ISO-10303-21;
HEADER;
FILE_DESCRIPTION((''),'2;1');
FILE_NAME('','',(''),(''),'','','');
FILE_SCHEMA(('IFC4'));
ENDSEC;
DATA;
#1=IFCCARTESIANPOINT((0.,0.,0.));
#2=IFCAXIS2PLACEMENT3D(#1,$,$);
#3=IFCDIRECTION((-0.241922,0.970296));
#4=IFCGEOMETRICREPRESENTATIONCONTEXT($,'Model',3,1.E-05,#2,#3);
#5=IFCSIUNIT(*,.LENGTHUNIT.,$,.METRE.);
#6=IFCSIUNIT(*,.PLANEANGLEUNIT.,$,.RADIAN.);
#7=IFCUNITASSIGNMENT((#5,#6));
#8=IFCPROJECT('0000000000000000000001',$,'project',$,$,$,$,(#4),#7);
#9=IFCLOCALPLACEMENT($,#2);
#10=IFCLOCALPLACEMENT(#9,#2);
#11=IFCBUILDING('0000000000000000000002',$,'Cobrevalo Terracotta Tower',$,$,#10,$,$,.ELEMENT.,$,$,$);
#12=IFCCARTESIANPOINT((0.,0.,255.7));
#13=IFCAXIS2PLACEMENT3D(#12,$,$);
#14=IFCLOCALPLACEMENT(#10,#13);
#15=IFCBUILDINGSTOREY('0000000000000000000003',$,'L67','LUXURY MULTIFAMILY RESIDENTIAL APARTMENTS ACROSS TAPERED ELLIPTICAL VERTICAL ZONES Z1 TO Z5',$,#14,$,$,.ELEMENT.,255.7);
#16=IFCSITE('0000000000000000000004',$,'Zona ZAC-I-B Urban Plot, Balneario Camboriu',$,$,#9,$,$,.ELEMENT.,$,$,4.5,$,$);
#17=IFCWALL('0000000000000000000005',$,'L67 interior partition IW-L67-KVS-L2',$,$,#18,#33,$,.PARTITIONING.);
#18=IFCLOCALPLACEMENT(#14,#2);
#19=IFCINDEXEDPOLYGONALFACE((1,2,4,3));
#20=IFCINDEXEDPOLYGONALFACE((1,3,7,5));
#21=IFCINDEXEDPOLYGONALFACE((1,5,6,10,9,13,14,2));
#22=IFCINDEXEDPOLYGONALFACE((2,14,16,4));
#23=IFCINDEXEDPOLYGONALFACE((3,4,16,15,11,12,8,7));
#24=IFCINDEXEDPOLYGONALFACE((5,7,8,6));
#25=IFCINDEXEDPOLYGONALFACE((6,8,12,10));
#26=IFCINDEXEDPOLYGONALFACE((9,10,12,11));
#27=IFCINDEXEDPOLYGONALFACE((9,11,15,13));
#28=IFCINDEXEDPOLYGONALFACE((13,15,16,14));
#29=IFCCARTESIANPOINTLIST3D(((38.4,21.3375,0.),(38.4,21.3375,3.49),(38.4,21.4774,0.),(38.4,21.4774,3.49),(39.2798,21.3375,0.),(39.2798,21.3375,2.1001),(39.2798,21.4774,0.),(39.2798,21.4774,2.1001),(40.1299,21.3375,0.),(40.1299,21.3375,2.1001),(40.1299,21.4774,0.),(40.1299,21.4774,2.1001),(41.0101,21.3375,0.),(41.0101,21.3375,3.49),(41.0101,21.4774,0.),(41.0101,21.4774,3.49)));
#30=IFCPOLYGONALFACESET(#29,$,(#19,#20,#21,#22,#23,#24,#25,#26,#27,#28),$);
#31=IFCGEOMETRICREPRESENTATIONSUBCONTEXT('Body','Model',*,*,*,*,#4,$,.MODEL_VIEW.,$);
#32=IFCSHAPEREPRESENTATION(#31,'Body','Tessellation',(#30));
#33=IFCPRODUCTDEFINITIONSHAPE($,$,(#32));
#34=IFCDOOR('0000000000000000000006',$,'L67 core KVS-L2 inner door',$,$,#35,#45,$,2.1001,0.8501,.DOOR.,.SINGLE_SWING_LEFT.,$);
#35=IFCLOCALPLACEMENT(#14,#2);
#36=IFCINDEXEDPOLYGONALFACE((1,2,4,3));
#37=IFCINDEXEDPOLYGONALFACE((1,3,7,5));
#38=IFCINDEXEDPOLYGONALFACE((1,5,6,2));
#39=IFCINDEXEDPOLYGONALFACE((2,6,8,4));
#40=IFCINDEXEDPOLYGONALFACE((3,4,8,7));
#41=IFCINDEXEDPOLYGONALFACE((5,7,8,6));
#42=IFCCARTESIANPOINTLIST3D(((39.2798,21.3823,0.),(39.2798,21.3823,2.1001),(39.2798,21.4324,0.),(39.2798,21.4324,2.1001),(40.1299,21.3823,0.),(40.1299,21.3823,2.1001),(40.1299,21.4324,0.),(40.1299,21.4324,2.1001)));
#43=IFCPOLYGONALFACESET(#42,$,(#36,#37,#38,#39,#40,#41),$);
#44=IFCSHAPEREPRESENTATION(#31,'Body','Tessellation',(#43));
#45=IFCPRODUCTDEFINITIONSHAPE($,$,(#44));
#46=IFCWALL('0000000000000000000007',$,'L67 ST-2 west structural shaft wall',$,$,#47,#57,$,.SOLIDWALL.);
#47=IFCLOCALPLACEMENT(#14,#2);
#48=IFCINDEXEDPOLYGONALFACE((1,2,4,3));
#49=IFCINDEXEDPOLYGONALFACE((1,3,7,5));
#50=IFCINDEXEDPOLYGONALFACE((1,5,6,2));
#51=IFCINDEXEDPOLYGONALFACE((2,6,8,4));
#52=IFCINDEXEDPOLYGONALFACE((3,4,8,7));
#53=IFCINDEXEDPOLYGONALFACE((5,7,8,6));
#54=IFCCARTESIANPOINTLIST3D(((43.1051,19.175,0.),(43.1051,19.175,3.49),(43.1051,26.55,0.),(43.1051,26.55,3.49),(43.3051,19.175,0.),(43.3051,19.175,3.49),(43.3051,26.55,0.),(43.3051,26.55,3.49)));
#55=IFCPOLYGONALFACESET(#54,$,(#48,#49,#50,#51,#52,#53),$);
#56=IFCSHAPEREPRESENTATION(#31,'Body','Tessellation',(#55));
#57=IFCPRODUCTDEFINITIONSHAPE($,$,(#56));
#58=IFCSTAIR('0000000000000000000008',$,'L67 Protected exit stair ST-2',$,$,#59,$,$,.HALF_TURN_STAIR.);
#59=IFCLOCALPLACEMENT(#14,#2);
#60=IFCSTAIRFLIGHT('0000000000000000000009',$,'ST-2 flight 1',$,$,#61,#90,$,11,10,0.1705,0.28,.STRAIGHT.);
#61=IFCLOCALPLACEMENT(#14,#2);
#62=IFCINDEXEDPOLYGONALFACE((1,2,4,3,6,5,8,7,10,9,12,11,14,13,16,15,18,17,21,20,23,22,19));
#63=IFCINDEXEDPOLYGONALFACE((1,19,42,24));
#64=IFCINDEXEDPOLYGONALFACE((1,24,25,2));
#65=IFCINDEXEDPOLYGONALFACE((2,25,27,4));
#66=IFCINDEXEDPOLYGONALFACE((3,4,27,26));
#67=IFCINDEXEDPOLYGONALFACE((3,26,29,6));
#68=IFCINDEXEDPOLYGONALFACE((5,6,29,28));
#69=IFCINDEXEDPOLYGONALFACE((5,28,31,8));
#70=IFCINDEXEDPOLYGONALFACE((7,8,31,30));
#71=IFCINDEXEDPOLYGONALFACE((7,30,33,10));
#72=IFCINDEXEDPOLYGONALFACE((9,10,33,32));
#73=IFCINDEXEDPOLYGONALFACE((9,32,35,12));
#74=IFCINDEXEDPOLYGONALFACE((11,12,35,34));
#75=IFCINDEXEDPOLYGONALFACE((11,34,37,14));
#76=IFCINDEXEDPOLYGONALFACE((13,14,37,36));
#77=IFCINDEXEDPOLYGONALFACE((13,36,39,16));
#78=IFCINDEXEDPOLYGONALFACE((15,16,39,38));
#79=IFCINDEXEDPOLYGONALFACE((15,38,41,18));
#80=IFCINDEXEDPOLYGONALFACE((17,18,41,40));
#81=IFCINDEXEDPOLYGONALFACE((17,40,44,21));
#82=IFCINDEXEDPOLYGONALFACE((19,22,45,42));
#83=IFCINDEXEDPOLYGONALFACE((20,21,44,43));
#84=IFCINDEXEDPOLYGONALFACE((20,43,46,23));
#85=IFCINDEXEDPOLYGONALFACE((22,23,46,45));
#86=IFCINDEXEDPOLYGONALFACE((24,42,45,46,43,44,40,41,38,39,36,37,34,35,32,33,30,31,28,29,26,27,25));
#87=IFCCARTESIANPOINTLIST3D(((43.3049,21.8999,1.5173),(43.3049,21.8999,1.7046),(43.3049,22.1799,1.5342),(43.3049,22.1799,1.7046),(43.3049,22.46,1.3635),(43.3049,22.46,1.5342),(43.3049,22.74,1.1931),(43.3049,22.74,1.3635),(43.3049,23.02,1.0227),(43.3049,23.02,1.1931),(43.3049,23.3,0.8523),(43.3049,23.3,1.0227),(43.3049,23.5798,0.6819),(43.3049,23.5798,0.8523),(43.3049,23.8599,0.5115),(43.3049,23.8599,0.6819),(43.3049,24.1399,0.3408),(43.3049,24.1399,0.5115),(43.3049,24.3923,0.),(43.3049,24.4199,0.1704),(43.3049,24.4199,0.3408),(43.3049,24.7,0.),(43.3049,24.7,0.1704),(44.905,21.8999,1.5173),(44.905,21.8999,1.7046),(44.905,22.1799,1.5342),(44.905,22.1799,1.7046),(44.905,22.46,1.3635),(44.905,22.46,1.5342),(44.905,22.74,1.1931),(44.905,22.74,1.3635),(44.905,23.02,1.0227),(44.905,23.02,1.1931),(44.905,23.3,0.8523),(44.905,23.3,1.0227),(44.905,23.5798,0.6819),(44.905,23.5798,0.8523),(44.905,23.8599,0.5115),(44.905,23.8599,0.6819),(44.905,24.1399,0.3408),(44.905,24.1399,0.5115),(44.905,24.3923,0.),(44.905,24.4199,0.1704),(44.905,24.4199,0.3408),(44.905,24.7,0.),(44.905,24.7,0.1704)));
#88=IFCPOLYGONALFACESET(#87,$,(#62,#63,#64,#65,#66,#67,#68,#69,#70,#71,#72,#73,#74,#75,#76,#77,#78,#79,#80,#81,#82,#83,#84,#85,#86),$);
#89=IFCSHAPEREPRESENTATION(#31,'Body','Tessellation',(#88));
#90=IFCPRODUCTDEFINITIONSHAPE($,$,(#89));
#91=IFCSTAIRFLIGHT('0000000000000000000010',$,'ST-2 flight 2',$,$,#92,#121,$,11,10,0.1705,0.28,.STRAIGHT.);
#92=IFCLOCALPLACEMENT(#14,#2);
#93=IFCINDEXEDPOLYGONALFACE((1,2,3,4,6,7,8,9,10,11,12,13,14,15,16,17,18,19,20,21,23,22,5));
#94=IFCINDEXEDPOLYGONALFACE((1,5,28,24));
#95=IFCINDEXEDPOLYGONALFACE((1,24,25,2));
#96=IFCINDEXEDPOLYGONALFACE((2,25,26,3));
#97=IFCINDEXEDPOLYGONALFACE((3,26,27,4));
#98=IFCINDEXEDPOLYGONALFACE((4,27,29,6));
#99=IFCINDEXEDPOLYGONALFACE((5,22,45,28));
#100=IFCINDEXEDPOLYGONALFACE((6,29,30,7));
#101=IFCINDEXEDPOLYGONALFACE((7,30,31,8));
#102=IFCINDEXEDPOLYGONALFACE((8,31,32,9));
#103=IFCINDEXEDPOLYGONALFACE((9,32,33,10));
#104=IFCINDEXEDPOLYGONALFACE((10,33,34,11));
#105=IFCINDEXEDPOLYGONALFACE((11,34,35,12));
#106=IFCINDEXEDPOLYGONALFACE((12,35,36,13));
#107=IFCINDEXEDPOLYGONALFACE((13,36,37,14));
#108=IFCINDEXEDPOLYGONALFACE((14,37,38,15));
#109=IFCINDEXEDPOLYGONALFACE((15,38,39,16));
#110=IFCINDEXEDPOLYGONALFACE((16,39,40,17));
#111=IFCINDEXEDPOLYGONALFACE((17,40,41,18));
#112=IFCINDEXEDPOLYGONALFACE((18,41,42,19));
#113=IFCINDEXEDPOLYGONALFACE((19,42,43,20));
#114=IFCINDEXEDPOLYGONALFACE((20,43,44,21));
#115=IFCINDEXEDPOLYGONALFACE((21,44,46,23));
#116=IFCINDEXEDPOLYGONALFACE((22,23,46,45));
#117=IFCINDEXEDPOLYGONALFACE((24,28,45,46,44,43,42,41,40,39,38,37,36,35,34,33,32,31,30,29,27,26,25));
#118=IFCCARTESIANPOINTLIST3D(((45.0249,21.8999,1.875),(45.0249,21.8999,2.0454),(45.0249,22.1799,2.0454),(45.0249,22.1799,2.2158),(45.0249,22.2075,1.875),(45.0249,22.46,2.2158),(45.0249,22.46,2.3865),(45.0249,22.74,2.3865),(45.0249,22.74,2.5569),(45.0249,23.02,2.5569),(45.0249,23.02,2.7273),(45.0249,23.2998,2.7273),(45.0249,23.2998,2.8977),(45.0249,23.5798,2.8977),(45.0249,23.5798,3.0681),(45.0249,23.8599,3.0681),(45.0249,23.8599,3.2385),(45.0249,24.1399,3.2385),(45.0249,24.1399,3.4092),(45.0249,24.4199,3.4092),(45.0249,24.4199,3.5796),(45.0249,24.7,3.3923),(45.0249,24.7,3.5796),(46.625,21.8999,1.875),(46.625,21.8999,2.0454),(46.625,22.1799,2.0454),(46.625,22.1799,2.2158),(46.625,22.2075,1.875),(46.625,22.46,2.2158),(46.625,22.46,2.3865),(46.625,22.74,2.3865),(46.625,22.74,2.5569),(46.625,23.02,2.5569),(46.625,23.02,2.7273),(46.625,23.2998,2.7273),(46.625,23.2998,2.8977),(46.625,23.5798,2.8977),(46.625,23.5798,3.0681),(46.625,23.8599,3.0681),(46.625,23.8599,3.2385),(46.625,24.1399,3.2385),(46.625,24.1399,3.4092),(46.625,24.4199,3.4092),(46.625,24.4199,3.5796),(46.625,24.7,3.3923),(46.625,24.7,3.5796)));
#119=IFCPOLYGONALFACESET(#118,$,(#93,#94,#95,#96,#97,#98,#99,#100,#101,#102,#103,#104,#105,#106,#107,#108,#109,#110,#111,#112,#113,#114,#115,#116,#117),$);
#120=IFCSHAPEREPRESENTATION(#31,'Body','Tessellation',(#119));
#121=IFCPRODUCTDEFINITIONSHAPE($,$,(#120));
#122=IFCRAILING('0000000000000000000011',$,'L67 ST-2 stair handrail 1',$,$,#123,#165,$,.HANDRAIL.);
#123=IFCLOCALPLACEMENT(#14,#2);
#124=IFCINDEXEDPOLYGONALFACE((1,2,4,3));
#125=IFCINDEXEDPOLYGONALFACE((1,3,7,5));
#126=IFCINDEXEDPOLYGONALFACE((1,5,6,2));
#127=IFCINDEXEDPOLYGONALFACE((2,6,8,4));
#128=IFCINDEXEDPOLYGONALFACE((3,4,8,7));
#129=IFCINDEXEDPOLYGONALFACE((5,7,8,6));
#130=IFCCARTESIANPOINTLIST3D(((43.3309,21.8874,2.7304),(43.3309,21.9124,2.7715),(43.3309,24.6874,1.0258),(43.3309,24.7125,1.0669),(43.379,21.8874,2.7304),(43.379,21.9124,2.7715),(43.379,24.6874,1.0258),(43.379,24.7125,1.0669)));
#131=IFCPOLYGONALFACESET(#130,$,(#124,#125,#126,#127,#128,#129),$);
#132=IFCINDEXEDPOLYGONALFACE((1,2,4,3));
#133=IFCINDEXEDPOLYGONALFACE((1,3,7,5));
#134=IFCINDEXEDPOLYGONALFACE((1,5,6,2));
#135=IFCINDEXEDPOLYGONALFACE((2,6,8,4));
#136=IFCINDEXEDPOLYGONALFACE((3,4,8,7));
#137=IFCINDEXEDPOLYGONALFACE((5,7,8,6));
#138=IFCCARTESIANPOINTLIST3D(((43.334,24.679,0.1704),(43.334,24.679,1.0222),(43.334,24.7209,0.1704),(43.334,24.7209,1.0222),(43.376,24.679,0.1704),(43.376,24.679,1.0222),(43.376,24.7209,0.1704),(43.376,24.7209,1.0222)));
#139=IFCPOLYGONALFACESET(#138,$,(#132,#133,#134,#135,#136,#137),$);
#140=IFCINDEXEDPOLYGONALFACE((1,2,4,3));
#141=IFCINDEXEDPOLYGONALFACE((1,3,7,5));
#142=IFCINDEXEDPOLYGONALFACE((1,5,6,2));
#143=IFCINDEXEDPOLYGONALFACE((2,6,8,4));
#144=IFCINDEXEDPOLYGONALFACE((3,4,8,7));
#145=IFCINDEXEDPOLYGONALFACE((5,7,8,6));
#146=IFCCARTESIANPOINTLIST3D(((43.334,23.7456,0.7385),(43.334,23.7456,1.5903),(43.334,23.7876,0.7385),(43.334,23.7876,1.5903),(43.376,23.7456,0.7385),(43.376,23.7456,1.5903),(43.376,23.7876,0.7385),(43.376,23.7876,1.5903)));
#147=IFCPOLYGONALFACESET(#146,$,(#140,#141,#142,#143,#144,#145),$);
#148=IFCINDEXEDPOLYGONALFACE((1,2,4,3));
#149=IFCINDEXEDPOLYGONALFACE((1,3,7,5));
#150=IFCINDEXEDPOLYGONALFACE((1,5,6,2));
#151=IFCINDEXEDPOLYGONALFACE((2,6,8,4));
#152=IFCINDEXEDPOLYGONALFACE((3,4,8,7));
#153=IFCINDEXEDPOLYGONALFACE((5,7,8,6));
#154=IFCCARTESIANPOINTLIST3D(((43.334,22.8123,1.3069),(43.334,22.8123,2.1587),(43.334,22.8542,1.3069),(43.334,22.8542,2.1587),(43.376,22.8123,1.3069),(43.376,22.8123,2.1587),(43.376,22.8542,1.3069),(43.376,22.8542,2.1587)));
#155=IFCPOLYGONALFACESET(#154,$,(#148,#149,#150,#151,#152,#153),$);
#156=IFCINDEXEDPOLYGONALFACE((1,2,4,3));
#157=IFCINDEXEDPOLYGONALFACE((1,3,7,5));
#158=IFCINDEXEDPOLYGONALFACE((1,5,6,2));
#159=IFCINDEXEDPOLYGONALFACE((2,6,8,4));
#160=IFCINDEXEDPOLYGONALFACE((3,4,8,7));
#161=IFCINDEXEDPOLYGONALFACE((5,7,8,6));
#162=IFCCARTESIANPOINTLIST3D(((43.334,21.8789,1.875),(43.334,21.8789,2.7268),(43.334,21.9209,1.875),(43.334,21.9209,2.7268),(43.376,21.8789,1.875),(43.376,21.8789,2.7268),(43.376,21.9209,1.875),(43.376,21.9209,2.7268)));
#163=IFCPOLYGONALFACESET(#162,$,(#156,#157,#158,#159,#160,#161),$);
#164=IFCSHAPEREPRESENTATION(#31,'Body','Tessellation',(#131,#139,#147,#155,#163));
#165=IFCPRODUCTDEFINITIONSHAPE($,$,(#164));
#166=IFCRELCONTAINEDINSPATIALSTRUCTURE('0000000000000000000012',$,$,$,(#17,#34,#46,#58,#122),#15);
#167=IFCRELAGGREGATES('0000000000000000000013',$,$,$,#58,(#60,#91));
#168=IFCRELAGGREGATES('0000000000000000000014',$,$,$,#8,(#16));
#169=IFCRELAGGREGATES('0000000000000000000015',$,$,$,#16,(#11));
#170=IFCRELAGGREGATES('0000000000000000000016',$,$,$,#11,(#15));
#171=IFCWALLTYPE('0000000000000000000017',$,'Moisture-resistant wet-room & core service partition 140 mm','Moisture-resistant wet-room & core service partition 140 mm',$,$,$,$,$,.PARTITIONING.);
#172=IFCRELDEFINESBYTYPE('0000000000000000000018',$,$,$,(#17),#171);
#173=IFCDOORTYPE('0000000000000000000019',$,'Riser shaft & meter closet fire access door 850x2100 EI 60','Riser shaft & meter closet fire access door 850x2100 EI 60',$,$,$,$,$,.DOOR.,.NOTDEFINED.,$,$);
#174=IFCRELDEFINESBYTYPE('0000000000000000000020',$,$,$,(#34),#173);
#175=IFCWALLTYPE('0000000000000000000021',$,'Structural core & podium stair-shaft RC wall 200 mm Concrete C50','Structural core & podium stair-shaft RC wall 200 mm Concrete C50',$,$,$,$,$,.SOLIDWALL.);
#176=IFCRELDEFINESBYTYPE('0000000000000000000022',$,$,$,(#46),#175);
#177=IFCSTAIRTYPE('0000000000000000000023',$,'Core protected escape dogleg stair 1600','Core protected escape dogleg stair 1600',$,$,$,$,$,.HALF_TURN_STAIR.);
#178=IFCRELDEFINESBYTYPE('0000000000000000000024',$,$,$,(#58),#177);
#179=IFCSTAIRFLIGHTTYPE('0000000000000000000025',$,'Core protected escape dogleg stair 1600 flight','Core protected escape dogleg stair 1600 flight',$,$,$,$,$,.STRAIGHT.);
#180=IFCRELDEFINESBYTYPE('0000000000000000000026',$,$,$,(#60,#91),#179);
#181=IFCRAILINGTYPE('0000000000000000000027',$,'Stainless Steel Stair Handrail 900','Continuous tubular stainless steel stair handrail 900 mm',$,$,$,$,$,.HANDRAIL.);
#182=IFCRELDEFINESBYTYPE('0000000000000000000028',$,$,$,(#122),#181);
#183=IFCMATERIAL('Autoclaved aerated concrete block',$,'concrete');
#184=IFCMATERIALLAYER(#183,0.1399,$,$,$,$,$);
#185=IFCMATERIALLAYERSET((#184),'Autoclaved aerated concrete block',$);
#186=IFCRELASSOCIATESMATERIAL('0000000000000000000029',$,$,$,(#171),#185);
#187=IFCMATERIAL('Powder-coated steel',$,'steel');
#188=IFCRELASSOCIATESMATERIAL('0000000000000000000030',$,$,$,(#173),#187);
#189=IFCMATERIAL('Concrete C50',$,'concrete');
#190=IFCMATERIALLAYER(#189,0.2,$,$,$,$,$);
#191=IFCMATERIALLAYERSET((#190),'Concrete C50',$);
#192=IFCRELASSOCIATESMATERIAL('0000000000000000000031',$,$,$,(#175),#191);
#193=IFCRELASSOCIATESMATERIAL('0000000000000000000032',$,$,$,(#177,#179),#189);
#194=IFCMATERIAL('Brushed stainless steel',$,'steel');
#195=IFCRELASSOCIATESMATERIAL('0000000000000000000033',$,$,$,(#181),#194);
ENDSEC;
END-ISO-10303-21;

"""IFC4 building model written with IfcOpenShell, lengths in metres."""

from ifc_helpers import new_model, si_unit, direction, frame, frame_2d, origin, origin_2d, place, context, subcontext, project, spatial, polyline, rectangle, outline, extrude, source, transform, mapped, material, layer, layer_set, type_object, element, fill, aggregate, save


model = new_model("IFC4")

# Units and contexts
model_context = context("Model", 3, precision=1e-05, world=origin(), true_north=direction((-0.241922, 0.970296)))
body_context = subcontext(model_context, "Body", "Model", "MODEL_VIEW")
ifc_project = project(units=[si_unit("LENGTHUNIT", "METRE"), si_unit("PLANEANGLEUNIT", "RADIAN")], contexts=[model_context])

# Site, building, storey
site_placement = place(None, origin())
site = spatial("IfcSite", under=ifc_project, at=site_placement, Name="Zona ZAC-I-B Urban Plot, Balneario Camboriu", CompositionType="ELEMENT", RefElevation=4.5)
building_placement = place(site_placement, origin())
building = spatial("IfcBuilding", under=site, at=building_placement, Name="Cobrevalo Terracotta Tower", CompositionType="ELEMENT")
storey_placement = place(building_placement, frame((0.0, 0.0, 255.7)))
storey = spatial("IfcBuildingStorey", under=building, at=storey_placement, Name="L67", Description="LUXURY MULTIFAMILY RESIDENTIAL APARTMENTS ACROSS TAPERED ELLIPTICAL VERTICAL ZONES Z1 TO Z5", CompositionType="ELEMENT", Elevation=255.7)

# Shared definitions
ifc_material_1 = material(Name="Concrete C50", Category="concrete")

# Shared definitions
ifc_material_2 = material(Name="Autoclaved aerated concrete block", Category="concrete")

# Shared definitions
ifc_layer_1 = layer(ifc_material_2, 0.1399)
ifc_layer_set_1 = layer_set([ifc_layer_1], Name="Autoclaved aerated concrete block")
wall_type_1 = type_object("IfcWallType", Name="Moisture-resistant wet-room & core service partition 140 mm", Description="Moisture-resistant wet-room & core service partition 140 mm", PredefinedType="PARTITIONING", material=ifc_layer_set_1)

# Wall, opening, door
wall_1_placement = place(storey_placement, frame((38.3999, 21.4075, 0.0), z_axis=(0.0, 0.0, 1.0), x_axis=(1.0, 0.0, 0.0)))
wall_1 = element("IfcWall", 1, at=wall_1_placement, inside=storey, type_object=wall_type_1, Name="L67 interior partition IW-L67-KVS-L2", PredefinedType="PARTITIONING", context=body_context, shape_type="SweptSolid", body=[
    extrude(rectangle(XDim=2.6101, YDim=0.1399, at=frame_2d((1.3052, 0.0))), origin(), (0.0, 0.0, 1.0), 3.49),
])
opening_1_placement = place(wall_1_placement, frame((0.8799, 0.0, 0.0)))
opening_1 = element("IfcOpeningElement", 2, at=opening_1_placement, cuts=wall_1, PredefinedType="OPENING", context=body_context, shape_type="SweptSolid", body=[
    extrude(rectangle(XDim=0.8501, YDim=2.1001, at=frame_2d((0.425, 1.05))), frame((0.0, 0.0801, 0.0), z_axis=(0.0, -1.0, 0.0), x_axis=(1.0, 0.0, 0.0)), (0.0, 0.0, 1.0), 0.1599),
])
ifc_material_3 = material(Name="Powder-coated steel", Category="steel")
door_type_1 = type_object("IfcDoorType", Name="Riser shaft & meter closet fire access door 850x2100 EI 60", Description="Riser shaft & meter closet fire access door 850x2100 EI 60", OperationType="NOTDEFINED", PredefinedType="DOOR", material=ifc_material_3)
shared_shape_1 = source(origin(), body_context, "Body", "SweptSolid", [
    extrude(rectangle(XDim=0.8501, YDim=2.1001, at=frame_2d((0.425, 1.05))), frame((0.0, 0.0249, 0.0), z_axis=(0.0, -1.0, 0.0), x_axis=(1.0, 0.0, 0.0)), (0.0, 0.0, 1.0), 0.05),
])
door_1_placement = place(opening_1_placement, origin())
door_1 = element("IfcDoor", 3, at=door_1_placement, inside=storey, type_object=door_type_1, Name="L67 core KVS-L2 inner door", OperationType="SINGLE_SWING_LEFT", OverallHeight=2.1001, OverallWidth=0.8501, PredefinedType="DOOR", context=body_context, shape_type="MappedRepresentation", body=[
    mapped(shared_shape_1, transform((0.0, 0.0, 0.0), scale=1.0)),
])
fill(opening_1, door_1)

# Wall
ifc_layer_2 = layer(ifc_material_1, 0.2)
ifc_layer_set_2 = layer_set([ifc_layer_2], Name="Concrete C50")
wall_type_2 = type_object("IfcWallType", Name="Structural core & podium stair-shaft RC wall 200 mm Concrete C50", Description="Structural core & podium stair-shaft RC wall 200 mm Concrete C50", PredefinedType="SOLIDWALL", material=ifc_layer_set_2)
wall_2_placement = place(storey_placement, frame((43.2051, 19.175, 0.0), z_axis=(0.0, 0.0, 1.0), x_axis=(0.0, 1.0, 0.0)))
element("IfcWall", 4, at=wall_2_placement, inside=storey, type_object=wall_type_2, Name="L67 ST-2 west structural shaft wall", PredefinedType="SOLIDWALL", context=body_context, shape_type="SweptSolid", body=[
    extrude(rectangle(XDim=7.375, YDim=0.2, at=frame_2d((3.6875, 0.0))), origin(), (0.0, 0.0, 1.0), 3.49),
])

# Stair, stair flights
stair_type = type_object("IfcStairType", Name="Core protected escape dogleg stair 1600", Description="Core protected escape dogleg stair 1600", PredefinedType="HALF_TURN_STAIR", material=ifc_material_1)
stair_placement = place(storey_placement, origin())
stair = element("IfcStair", 5, at=stair_placement, inside=storey, type_object=stair_type, Name="L67 Protected exit stair ST-2", PredefinedType="HALF_TURN_STAIR")
stair_flight_type = type_object("IfcStairFlightType", Name="Core protected escape dogleg stair 1600 flight", Description="Core protected escape dogleg stair 1600 flight", PredefinedType="STRAIGHT", material=ifc_material_1)
stair_flight_1_placement = place(storey_placement, frame((44.105, 24.7, 0.0), z_axis=(0.0, 0.0, 1.0), x_axis=(0.0, -1.0, 0.0)))
stair_flight_1 = element("IfcStairFlight", 6, at=stair_flight_1_placement, type_object=stair_flight_type, Name="ST-2 flight 1", NumberOfRisers=11, NumberOfTreads=10, PredefinedType="STRAIGHT", RiserHeight=0.1705, TreadLength=0.28, context=body_context, shape_type="SweptSolid", body=[
    extrude(outline(polyline([(0.0, 0.0), (0.0, 0.1704), (0.28, 0.1704), (0.28, 0.3408), (0.5601, 0.3408), (0.5601, 0.5115), (0.8401, 0.5115), (0.8401, 0.6819), (1.1201, 0.6819), (1.1201, 0.8523), (1.3999, 0.8523), (1.3999, 1.0227), (1.6799, 1.0227), (1.6799, 1.1931), (1.96, 1.1931), (1.96, 1.3635), (2.24, 1.3635), (2.24, 1.5342), (2.52, 1.5342), (2.52, 1.7046), (2.8, 1.7046), (2.8, 1.875), (2.8, 1.5173), (0.3076, 0.0), (0.0, 0.0)])), frame((0.0, 0.8, 0.0), z_axis=(0.0, -1.0, 0.0), x_axis=(1.0, 0.0, 0.0)), (0.0, 0.0, 1.0), 1.6001),
])
stair_flight_2_placement = place(storey_placement, frame((45.825, 21.8999, 1.875), z_axis=(0.0, 0.0, 1.0), x_axis=(0.0, 1.0, 0.0)))
stair_flight_2 = element("IfcStairFlight", 7, at=stair_flight_2_placement, type_object=stair_flight_type, Name="ST-2 flight 2", NumberOfRisers=11, NumberOfTreads=10, PredefinedType="STRAIGHT", RiserHeight=0.1705, TreadLength=0.28, context=body_context, shape_type="SweptSolid", body=[
    extrude(outline(polyline([(0.0, 0.0), (0.0, 0.1704), (0.28, 0.1704), (0.28, 0.3408), (0.5601, 0.3408), (0.5601, 0.5115), (0.8401, 0.5115), (0.8401, 0.6819), (1.1201, 0.6819), (1.1201, 0.8523), (1.3999, 0.8523), (1.3999, 1.0227), (1.6799, 1.0227), (1.6799, 1.1931), (1.96, 1.1931), (1.96, 1.3635), (2.24, 1.3635), (2.24, 1.5342), (2.52, 1.5342), (2.52, 1.7046), (2.8, 1.7046), (2.8, 1.875), (2.8, 1.5173), (0.3076, 0.0), (0.0, 0.0)])), frame((0.0, 0.8, 0.0), z_axis=(0.0, -1.0, 0.0), x_axis=(1.0, 0.0, 0.0)), (0.0, 0.0, 1.0), 1.6001),
])
aggregate(stair, [stair_flight_1, stair_flight_2])

# Railing
ifc_material_4 = material(Name="Brushed stainless steel", Category="steel")
railing_type_1 = type_object("IfcRailingType", Name="Stainless Steel Stair Handrail 900", Description="Continuous tubular stainless steel stair handrail 900 mm", PredefinedType="HANDRAIL", material=ifc_material_4)
railing_1_placement = place(storey_placement, frame((43.355, 24.7, 0.1704)))
element("IfcRailing", 8, at=railing_1_placement, inside=storey, type_object=railing_type_1, Name="L67 ST-2 stair handrail 1", PredefinedType="HANDRAIL", context=body_context, shape_type="SweptSolid", body=[
    extrude(rectangle(XDim=0.0481, YDim=0.0481, at=origin_2d()), frame((0.0, 0.0, 0.876), z_axis=(0.0, -0.85417, 0.519994), x_axis=(1.0, 0.0, 0.0)), (0.0, 0.0, 1.0), 3.2781),
    extrude(rectangle(XDim=0.042, YDim=0.042, at=origin_2d()), origin(), (0.0, 0.0, 1.0), 0.8518),
    extrude(rectangle(XDim=0.042, YDim=0.042, at=origin_2d()), frame((0.0, -0.9333, 0.5681)), (0.0, 0.0, 1.0), 0.8518),
    extrude(rectangle(XDim=0.042, YDim=0.042, at=origin_2d()), frame((0.0, -1.8667, 1.1365)), (0.0, 0.0, 1.0), 0.8518),
    extrude(rectangle(XDim=0.042, YDim=0.042, at=origin_2d()), frame((0.0, -2.8, 1.7046)), (0.0, 0.0, 1.0), 0.8518),
])

save(model, "model.ifc")
